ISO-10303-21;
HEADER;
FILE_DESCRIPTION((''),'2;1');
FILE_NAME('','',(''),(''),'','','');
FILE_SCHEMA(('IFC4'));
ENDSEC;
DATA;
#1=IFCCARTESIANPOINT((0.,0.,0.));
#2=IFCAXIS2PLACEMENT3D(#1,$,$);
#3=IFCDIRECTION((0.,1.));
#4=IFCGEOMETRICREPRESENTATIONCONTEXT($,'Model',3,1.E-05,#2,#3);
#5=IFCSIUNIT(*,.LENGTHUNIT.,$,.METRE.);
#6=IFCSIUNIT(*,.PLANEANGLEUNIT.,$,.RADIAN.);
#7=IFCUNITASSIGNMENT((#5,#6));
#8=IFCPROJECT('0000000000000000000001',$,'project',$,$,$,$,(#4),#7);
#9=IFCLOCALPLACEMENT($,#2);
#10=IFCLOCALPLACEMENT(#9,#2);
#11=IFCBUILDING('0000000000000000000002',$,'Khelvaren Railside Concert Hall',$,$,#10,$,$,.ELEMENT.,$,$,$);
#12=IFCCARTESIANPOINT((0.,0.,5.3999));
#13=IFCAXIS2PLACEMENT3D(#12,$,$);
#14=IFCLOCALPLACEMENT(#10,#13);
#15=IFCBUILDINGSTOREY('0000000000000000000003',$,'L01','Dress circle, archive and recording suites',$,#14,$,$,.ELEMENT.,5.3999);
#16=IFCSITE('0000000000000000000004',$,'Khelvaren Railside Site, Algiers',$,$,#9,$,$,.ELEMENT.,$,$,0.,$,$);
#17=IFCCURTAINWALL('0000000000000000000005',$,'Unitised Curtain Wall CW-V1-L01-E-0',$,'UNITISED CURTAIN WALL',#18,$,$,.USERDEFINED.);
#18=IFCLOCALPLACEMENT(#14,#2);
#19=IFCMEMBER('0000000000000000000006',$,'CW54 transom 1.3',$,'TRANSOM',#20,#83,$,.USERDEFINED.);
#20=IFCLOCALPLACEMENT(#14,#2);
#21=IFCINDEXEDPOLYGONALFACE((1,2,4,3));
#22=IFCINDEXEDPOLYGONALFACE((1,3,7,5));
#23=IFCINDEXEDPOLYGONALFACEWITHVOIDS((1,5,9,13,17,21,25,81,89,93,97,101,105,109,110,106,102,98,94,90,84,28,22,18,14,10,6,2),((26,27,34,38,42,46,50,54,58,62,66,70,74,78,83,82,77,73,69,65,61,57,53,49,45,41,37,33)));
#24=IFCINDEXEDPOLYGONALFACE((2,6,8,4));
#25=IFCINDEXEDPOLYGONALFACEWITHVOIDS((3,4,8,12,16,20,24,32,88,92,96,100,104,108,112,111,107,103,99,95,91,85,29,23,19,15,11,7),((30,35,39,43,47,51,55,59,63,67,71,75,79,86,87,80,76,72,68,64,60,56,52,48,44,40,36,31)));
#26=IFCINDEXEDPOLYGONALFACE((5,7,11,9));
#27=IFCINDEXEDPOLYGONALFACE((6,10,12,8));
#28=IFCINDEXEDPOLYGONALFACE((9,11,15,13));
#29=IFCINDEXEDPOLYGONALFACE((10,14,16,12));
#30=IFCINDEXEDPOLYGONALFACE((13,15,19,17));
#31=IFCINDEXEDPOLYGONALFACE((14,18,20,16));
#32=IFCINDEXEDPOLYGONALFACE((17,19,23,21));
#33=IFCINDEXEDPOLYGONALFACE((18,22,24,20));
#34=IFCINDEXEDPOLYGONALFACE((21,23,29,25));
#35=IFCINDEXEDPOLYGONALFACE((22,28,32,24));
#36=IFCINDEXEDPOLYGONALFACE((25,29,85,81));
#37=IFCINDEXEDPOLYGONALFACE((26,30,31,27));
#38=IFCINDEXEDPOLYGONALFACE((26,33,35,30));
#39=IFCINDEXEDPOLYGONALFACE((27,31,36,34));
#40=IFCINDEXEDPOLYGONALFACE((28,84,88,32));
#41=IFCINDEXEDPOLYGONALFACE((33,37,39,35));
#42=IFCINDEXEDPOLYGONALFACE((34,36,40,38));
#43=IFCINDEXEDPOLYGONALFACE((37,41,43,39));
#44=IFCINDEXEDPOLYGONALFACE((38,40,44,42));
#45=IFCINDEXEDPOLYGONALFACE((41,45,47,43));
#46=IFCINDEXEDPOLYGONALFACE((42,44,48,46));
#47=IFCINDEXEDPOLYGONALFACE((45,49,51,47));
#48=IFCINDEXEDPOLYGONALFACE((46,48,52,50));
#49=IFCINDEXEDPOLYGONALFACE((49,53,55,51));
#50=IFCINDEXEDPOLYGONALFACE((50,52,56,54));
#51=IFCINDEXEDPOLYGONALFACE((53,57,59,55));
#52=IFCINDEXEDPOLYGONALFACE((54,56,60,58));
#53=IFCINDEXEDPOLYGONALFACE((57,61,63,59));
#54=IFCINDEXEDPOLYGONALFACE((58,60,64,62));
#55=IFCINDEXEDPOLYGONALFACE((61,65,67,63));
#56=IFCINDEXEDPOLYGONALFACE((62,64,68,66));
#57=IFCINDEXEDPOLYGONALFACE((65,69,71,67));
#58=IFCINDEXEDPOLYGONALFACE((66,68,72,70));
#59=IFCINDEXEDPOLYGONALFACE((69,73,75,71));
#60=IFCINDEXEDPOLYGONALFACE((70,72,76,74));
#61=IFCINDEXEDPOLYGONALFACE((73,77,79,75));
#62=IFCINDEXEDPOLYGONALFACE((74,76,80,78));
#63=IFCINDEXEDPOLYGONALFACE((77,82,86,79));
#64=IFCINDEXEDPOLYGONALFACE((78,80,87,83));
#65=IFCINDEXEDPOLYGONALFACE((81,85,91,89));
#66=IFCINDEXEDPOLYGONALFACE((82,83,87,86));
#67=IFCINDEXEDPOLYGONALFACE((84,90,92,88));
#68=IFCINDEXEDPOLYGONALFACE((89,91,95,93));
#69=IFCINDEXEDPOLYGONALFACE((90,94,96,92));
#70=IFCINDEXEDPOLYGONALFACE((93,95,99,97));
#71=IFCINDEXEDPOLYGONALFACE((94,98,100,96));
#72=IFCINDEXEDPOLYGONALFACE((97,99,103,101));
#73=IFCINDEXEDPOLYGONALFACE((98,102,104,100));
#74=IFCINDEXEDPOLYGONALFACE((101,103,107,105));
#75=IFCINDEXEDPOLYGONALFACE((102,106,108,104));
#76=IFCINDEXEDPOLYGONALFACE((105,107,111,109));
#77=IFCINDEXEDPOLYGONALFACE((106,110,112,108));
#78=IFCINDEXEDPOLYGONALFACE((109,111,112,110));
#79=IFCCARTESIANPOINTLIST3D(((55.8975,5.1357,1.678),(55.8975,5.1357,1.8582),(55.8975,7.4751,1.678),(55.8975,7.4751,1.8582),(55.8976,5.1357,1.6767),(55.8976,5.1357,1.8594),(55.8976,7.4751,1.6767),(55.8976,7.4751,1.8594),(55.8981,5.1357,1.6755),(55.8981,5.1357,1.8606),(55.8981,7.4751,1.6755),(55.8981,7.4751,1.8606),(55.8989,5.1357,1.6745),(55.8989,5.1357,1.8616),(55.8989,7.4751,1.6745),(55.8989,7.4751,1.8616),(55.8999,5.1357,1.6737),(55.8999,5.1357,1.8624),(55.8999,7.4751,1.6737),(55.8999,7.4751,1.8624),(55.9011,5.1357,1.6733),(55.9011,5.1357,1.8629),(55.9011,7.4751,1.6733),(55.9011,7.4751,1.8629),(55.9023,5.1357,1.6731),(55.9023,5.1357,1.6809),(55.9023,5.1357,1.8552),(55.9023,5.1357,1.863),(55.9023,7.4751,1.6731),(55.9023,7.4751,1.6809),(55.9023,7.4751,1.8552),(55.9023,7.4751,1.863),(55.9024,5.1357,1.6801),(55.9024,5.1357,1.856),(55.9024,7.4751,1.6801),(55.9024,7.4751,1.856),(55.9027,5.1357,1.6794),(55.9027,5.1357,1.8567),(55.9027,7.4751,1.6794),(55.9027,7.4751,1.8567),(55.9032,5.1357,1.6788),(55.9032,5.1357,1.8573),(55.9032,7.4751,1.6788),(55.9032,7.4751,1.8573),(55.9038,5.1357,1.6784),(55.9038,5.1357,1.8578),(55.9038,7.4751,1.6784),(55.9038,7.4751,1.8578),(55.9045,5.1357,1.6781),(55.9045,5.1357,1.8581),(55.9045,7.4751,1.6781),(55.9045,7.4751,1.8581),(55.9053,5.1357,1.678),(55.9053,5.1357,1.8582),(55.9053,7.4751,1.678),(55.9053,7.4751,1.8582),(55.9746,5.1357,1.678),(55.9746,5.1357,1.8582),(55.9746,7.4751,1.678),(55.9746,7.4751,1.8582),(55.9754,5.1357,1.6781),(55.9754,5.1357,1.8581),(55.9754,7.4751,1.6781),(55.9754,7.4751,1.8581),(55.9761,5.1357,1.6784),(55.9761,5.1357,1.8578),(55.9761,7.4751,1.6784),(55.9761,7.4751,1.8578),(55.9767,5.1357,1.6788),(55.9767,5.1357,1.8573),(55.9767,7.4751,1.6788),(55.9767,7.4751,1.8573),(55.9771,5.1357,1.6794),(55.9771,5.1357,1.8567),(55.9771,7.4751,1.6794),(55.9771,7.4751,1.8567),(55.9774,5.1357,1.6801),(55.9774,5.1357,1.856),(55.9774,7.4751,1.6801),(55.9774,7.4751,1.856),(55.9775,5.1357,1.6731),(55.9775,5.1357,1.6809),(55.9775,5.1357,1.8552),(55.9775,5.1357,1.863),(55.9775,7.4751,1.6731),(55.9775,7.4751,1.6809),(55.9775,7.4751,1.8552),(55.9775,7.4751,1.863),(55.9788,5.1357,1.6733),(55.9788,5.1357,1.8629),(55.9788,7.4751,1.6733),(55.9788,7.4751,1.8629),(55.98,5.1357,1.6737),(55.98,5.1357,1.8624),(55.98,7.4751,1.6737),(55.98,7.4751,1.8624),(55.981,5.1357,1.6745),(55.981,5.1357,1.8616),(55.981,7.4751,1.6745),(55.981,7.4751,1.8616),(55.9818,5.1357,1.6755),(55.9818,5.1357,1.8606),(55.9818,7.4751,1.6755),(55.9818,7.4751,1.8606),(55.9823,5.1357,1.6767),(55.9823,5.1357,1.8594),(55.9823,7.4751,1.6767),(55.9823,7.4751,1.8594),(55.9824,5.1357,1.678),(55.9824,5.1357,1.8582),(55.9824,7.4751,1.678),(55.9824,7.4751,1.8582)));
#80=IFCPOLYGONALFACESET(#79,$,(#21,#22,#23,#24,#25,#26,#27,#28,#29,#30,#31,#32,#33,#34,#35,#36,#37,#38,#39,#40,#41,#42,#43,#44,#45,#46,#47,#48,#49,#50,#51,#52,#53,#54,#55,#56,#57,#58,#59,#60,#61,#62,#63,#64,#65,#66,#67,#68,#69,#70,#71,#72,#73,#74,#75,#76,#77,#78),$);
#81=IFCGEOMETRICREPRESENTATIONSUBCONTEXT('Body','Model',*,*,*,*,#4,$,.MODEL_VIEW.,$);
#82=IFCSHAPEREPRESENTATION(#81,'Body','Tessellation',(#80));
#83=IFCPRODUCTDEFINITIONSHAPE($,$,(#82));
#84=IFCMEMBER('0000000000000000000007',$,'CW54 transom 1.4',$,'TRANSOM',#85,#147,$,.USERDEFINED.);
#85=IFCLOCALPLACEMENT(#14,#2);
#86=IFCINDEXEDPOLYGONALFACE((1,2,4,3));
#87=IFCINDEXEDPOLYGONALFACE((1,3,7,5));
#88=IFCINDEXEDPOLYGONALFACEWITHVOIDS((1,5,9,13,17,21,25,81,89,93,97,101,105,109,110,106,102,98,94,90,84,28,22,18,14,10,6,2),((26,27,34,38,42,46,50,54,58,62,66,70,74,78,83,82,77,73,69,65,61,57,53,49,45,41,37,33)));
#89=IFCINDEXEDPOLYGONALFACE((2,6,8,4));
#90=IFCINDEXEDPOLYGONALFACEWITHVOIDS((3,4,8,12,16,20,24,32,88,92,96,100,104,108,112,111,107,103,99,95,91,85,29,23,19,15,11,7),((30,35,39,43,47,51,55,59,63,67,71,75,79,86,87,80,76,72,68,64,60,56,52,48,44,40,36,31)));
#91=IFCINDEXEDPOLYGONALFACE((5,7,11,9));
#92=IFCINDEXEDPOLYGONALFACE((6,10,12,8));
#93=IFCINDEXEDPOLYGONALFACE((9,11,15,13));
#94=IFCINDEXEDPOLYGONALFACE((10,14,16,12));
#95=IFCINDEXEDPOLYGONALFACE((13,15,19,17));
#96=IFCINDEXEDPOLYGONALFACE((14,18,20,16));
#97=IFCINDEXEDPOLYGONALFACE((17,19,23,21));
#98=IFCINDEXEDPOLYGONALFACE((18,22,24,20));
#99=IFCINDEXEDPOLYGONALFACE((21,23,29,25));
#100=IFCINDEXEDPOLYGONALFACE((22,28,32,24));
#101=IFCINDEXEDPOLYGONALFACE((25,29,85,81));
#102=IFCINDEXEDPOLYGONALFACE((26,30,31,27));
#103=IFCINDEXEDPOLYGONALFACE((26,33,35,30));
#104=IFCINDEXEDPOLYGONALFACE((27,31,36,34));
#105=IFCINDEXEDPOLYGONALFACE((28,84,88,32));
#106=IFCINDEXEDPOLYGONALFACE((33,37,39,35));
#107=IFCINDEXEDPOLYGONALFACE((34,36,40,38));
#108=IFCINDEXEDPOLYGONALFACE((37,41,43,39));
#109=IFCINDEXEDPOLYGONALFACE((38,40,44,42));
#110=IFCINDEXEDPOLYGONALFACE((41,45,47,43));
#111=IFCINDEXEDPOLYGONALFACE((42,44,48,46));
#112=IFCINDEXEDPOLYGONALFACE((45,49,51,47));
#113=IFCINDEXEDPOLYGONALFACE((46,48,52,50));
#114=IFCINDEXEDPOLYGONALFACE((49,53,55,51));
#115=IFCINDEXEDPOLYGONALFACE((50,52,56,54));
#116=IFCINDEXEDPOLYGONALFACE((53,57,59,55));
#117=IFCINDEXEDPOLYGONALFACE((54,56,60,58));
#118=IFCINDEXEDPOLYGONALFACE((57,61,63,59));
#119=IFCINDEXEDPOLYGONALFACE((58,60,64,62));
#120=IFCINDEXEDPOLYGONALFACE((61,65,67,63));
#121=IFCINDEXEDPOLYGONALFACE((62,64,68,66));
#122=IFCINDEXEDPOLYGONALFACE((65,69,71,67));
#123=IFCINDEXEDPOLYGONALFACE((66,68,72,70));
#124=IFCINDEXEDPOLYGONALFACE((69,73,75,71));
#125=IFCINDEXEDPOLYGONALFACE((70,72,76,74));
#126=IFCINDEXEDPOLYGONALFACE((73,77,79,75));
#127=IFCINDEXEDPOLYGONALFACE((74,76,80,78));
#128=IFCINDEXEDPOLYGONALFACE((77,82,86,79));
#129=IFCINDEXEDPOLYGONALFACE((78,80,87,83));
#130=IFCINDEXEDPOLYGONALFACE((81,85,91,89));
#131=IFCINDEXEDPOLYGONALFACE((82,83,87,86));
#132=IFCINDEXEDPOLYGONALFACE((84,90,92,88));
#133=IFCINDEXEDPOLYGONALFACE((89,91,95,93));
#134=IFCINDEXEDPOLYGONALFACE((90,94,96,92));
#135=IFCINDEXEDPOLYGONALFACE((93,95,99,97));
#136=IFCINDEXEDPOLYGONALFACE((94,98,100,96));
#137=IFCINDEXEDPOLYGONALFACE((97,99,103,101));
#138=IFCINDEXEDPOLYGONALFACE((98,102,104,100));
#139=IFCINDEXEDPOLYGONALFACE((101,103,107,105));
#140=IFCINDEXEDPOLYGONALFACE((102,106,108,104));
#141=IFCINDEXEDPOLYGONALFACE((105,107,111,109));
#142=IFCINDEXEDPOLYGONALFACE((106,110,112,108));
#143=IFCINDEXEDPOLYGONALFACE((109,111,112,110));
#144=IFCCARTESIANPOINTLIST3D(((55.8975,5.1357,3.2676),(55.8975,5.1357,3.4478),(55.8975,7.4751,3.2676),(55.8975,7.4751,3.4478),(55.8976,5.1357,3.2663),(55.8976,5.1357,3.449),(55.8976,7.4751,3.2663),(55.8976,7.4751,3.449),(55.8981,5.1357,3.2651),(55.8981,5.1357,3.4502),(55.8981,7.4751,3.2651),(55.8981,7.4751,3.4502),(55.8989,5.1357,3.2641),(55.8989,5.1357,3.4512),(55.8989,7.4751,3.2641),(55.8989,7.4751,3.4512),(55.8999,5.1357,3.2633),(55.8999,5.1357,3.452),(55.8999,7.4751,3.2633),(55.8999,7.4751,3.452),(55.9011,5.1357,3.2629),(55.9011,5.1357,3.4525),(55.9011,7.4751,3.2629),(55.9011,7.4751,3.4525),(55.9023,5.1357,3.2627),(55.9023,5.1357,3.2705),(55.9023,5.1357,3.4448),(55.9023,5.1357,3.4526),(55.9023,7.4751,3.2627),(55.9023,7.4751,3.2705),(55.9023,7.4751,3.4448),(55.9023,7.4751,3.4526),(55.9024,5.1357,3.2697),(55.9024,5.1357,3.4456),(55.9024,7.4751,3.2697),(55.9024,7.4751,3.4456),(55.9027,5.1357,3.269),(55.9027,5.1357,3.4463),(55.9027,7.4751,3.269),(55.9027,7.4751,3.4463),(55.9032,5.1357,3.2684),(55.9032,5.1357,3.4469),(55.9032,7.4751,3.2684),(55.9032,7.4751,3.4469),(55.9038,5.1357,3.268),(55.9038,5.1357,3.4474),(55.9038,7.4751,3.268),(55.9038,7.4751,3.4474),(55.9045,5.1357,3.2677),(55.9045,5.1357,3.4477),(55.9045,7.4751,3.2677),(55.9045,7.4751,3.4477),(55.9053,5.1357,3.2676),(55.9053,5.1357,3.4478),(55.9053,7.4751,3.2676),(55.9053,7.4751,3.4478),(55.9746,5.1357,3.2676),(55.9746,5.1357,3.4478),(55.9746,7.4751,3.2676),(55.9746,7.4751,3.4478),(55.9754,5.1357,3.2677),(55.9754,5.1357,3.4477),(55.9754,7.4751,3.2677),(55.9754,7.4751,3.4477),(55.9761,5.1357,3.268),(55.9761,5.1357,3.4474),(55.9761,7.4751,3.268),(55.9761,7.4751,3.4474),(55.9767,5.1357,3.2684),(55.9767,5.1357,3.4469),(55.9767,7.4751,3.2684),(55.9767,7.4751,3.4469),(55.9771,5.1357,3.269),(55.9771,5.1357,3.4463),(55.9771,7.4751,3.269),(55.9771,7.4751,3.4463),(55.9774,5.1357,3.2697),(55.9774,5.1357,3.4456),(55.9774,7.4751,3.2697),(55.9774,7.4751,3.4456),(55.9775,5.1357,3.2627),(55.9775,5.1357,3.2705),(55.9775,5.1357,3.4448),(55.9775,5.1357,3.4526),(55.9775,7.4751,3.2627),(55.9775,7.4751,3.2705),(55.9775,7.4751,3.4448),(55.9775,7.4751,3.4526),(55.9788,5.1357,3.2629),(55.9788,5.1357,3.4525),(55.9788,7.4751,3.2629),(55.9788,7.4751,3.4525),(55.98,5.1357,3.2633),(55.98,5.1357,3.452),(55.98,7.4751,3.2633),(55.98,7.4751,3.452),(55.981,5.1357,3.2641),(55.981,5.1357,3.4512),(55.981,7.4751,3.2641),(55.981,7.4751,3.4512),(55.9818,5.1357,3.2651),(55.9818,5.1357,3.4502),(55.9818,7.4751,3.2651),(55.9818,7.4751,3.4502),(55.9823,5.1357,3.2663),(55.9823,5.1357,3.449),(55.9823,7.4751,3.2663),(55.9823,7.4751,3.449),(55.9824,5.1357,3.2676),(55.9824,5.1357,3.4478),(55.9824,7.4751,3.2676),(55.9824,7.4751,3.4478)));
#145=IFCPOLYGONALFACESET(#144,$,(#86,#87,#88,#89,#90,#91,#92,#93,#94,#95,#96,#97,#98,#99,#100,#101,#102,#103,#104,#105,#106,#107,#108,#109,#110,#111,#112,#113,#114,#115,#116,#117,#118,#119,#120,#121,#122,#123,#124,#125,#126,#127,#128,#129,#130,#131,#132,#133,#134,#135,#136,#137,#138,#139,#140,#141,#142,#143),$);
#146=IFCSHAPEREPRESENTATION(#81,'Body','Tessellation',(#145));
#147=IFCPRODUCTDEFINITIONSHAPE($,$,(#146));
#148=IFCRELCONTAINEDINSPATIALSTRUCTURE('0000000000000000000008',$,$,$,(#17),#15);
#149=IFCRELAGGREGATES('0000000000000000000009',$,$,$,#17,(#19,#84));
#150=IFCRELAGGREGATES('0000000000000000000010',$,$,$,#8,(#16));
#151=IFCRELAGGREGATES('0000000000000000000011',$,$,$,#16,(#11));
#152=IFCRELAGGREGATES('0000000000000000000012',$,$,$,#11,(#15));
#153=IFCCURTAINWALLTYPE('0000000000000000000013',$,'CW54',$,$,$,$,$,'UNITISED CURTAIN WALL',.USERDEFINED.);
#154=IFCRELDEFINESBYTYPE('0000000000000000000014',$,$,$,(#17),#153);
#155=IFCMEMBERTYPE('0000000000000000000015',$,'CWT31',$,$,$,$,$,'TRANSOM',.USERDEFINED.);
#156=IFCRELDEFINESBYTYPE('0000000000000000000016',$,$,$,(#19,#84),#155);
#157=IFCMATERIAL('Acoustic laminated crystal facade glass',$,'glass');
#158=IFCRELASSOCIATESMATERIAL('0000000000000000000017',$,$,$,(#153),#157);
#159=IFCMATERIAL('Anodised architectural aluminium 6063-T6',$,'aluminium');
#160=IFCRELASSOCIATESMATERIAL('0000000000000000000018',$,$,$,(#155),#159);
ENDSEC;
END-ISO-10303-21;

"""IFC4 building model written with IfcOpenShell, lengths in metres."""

from ifc_helpers import new_model, si_unit, direction, frame, origin, origin_2d, place, context, subcontext, project, spatial, hollow_rectangle, extrude, material, material_profile, profile_set, type_object, element, aggregate, save


model = new_model("IFC4")

# Units and contexts
model_context = context("Model", 3, precision=1e-05, world=origin(), true_north=direction((0.0, 1.0)))
body_context = subcontext(model_context, "Body", "Model", "MODEL_VIEW")
ifc_project = project(units=[si_unit("LENGTHUNIT", "METRE"), si_unit("PLANEANGLEUNIT", "RADIAN")], contexts=[model_context])

# Site, building, storey
site_placement = place(None, origin())
site = spatial("IfcSite", under=ifc_project, at=site_placement, Name="Khelvaren Railside Site, Algiers", CompositionType="ELEMENT", RefElevation=0.0)
building_placement = place(site_placement, origin())
building = spatial("IfcBuilding", under=site, at=building_placement, Name="Khelvaren Railside Concert Hall", CompositionType="ELEMENT")
storey_placement = place(building_placement, frame((0.0, 0.0, 5.3999)))
storey = spatial("IfcBuildingStorey", under=building, at=storey_placement, Name="L01", Description="Dress circle, archive and recording suites", CompositionType="ELEMENT", Elevation=5.3999)

# Curtain wall, members
ifc_material_1 = material(Name="Anodised architectural aluminium 6063-T6", Category="aluminium")
ifc_material_2 = material(Name="Acoustic laminated crystal facade glass", Category="glass")
curtain_wall_type_1 = type_object("IfcCurtainWallType", Name="CW54", ElementType="UNITISED CURTAIN WALL", PredefinedType="USERDEFINED", material=ifc_material_2)
curtain_wall_1_placement = place(storey_placement, origin())
curtain_wall_1 = element("IfcCurtainWall", 1, at=curtain_wall_1_placement, inside=storey, type_object=curtain_wall_type_1, Name="Unitised Curtain Wall CW-V1-L01-E-0", ObjectType="UNITISED CURTAIN WALL", PredefinedType="USERDEFINED")
ifc_material_profile_1 = material_profile(ifc_material_1, hollow_rectangle(XDim=0.085, YDim=0.1899, WallThickness=0.0049, InnerFilletRadius=0.0029, OuterFilletRadius=0.0049, at=origin_2d()), Name="CWT 85x190x5")
ifc_profile_set_1 = profile_set([ifc_material_profile_1], Name="Anodised architectural aluminium 6063-T6")
member_type_1 = type_object("IfcMemberType", Name="CWT31", ElementType="TRANSOM", PredefinedType="USERDEFINED", material=ifc_profile_set_1)
member_1_placement = place(storey_placement, frame((55.9399, 7.4751, 1.7681), z_axis=(0.0, -1.0, 0.0), x_axis=(1.0, 0.0, 0.0)))
member_1 = element("IfcMember", 2, at=member_1_placement, type_object=member_type_1, Name="CW54 transom 1.3", ObjectType="TRANSOM", PredefinedType="USERDEFINED", context=body_context, shape_type="SweptSolid", body=[
    extrude(hollow_rectangle(XDim=0.085, YDim=0.1899, WallThickness=0.0049, InnerFilletRadius=0.0029, OuterFilletRadius=0.0049, at=origin_2d()), origin(), (0.0, 0.0, 1.0), 2.3394),
])
member_2_placement = place(storey_placement, frame((55.9399, 7.4751, 3.3577), z_axis=(0.0, -1.0, 0.0), x_axis=(1.0, 0.0, 0.0)))
member_2 = element("IfcMember", 3, at=member_2_placement, type_object=member_type_1, Name="CW54 transom 1.4", ObjectType="TRANSOM", PredefinedType="USERDEFINED", context=body_context, shape_type="SweptSolid", body=[
    extrude(hollow_rectangle(XDim=0.085, YDim=0.1899, WallThickness=0.0049, InnerFilletRadius=0.0029, OuterFilletRadius=0.0049, at=origin_2d()), origin(), (0.0, 0.0, 1.0), 2.3394),
])

aggregate(curtain_wall_1, [member_1, member_2])

save(model, "model.ifc")
